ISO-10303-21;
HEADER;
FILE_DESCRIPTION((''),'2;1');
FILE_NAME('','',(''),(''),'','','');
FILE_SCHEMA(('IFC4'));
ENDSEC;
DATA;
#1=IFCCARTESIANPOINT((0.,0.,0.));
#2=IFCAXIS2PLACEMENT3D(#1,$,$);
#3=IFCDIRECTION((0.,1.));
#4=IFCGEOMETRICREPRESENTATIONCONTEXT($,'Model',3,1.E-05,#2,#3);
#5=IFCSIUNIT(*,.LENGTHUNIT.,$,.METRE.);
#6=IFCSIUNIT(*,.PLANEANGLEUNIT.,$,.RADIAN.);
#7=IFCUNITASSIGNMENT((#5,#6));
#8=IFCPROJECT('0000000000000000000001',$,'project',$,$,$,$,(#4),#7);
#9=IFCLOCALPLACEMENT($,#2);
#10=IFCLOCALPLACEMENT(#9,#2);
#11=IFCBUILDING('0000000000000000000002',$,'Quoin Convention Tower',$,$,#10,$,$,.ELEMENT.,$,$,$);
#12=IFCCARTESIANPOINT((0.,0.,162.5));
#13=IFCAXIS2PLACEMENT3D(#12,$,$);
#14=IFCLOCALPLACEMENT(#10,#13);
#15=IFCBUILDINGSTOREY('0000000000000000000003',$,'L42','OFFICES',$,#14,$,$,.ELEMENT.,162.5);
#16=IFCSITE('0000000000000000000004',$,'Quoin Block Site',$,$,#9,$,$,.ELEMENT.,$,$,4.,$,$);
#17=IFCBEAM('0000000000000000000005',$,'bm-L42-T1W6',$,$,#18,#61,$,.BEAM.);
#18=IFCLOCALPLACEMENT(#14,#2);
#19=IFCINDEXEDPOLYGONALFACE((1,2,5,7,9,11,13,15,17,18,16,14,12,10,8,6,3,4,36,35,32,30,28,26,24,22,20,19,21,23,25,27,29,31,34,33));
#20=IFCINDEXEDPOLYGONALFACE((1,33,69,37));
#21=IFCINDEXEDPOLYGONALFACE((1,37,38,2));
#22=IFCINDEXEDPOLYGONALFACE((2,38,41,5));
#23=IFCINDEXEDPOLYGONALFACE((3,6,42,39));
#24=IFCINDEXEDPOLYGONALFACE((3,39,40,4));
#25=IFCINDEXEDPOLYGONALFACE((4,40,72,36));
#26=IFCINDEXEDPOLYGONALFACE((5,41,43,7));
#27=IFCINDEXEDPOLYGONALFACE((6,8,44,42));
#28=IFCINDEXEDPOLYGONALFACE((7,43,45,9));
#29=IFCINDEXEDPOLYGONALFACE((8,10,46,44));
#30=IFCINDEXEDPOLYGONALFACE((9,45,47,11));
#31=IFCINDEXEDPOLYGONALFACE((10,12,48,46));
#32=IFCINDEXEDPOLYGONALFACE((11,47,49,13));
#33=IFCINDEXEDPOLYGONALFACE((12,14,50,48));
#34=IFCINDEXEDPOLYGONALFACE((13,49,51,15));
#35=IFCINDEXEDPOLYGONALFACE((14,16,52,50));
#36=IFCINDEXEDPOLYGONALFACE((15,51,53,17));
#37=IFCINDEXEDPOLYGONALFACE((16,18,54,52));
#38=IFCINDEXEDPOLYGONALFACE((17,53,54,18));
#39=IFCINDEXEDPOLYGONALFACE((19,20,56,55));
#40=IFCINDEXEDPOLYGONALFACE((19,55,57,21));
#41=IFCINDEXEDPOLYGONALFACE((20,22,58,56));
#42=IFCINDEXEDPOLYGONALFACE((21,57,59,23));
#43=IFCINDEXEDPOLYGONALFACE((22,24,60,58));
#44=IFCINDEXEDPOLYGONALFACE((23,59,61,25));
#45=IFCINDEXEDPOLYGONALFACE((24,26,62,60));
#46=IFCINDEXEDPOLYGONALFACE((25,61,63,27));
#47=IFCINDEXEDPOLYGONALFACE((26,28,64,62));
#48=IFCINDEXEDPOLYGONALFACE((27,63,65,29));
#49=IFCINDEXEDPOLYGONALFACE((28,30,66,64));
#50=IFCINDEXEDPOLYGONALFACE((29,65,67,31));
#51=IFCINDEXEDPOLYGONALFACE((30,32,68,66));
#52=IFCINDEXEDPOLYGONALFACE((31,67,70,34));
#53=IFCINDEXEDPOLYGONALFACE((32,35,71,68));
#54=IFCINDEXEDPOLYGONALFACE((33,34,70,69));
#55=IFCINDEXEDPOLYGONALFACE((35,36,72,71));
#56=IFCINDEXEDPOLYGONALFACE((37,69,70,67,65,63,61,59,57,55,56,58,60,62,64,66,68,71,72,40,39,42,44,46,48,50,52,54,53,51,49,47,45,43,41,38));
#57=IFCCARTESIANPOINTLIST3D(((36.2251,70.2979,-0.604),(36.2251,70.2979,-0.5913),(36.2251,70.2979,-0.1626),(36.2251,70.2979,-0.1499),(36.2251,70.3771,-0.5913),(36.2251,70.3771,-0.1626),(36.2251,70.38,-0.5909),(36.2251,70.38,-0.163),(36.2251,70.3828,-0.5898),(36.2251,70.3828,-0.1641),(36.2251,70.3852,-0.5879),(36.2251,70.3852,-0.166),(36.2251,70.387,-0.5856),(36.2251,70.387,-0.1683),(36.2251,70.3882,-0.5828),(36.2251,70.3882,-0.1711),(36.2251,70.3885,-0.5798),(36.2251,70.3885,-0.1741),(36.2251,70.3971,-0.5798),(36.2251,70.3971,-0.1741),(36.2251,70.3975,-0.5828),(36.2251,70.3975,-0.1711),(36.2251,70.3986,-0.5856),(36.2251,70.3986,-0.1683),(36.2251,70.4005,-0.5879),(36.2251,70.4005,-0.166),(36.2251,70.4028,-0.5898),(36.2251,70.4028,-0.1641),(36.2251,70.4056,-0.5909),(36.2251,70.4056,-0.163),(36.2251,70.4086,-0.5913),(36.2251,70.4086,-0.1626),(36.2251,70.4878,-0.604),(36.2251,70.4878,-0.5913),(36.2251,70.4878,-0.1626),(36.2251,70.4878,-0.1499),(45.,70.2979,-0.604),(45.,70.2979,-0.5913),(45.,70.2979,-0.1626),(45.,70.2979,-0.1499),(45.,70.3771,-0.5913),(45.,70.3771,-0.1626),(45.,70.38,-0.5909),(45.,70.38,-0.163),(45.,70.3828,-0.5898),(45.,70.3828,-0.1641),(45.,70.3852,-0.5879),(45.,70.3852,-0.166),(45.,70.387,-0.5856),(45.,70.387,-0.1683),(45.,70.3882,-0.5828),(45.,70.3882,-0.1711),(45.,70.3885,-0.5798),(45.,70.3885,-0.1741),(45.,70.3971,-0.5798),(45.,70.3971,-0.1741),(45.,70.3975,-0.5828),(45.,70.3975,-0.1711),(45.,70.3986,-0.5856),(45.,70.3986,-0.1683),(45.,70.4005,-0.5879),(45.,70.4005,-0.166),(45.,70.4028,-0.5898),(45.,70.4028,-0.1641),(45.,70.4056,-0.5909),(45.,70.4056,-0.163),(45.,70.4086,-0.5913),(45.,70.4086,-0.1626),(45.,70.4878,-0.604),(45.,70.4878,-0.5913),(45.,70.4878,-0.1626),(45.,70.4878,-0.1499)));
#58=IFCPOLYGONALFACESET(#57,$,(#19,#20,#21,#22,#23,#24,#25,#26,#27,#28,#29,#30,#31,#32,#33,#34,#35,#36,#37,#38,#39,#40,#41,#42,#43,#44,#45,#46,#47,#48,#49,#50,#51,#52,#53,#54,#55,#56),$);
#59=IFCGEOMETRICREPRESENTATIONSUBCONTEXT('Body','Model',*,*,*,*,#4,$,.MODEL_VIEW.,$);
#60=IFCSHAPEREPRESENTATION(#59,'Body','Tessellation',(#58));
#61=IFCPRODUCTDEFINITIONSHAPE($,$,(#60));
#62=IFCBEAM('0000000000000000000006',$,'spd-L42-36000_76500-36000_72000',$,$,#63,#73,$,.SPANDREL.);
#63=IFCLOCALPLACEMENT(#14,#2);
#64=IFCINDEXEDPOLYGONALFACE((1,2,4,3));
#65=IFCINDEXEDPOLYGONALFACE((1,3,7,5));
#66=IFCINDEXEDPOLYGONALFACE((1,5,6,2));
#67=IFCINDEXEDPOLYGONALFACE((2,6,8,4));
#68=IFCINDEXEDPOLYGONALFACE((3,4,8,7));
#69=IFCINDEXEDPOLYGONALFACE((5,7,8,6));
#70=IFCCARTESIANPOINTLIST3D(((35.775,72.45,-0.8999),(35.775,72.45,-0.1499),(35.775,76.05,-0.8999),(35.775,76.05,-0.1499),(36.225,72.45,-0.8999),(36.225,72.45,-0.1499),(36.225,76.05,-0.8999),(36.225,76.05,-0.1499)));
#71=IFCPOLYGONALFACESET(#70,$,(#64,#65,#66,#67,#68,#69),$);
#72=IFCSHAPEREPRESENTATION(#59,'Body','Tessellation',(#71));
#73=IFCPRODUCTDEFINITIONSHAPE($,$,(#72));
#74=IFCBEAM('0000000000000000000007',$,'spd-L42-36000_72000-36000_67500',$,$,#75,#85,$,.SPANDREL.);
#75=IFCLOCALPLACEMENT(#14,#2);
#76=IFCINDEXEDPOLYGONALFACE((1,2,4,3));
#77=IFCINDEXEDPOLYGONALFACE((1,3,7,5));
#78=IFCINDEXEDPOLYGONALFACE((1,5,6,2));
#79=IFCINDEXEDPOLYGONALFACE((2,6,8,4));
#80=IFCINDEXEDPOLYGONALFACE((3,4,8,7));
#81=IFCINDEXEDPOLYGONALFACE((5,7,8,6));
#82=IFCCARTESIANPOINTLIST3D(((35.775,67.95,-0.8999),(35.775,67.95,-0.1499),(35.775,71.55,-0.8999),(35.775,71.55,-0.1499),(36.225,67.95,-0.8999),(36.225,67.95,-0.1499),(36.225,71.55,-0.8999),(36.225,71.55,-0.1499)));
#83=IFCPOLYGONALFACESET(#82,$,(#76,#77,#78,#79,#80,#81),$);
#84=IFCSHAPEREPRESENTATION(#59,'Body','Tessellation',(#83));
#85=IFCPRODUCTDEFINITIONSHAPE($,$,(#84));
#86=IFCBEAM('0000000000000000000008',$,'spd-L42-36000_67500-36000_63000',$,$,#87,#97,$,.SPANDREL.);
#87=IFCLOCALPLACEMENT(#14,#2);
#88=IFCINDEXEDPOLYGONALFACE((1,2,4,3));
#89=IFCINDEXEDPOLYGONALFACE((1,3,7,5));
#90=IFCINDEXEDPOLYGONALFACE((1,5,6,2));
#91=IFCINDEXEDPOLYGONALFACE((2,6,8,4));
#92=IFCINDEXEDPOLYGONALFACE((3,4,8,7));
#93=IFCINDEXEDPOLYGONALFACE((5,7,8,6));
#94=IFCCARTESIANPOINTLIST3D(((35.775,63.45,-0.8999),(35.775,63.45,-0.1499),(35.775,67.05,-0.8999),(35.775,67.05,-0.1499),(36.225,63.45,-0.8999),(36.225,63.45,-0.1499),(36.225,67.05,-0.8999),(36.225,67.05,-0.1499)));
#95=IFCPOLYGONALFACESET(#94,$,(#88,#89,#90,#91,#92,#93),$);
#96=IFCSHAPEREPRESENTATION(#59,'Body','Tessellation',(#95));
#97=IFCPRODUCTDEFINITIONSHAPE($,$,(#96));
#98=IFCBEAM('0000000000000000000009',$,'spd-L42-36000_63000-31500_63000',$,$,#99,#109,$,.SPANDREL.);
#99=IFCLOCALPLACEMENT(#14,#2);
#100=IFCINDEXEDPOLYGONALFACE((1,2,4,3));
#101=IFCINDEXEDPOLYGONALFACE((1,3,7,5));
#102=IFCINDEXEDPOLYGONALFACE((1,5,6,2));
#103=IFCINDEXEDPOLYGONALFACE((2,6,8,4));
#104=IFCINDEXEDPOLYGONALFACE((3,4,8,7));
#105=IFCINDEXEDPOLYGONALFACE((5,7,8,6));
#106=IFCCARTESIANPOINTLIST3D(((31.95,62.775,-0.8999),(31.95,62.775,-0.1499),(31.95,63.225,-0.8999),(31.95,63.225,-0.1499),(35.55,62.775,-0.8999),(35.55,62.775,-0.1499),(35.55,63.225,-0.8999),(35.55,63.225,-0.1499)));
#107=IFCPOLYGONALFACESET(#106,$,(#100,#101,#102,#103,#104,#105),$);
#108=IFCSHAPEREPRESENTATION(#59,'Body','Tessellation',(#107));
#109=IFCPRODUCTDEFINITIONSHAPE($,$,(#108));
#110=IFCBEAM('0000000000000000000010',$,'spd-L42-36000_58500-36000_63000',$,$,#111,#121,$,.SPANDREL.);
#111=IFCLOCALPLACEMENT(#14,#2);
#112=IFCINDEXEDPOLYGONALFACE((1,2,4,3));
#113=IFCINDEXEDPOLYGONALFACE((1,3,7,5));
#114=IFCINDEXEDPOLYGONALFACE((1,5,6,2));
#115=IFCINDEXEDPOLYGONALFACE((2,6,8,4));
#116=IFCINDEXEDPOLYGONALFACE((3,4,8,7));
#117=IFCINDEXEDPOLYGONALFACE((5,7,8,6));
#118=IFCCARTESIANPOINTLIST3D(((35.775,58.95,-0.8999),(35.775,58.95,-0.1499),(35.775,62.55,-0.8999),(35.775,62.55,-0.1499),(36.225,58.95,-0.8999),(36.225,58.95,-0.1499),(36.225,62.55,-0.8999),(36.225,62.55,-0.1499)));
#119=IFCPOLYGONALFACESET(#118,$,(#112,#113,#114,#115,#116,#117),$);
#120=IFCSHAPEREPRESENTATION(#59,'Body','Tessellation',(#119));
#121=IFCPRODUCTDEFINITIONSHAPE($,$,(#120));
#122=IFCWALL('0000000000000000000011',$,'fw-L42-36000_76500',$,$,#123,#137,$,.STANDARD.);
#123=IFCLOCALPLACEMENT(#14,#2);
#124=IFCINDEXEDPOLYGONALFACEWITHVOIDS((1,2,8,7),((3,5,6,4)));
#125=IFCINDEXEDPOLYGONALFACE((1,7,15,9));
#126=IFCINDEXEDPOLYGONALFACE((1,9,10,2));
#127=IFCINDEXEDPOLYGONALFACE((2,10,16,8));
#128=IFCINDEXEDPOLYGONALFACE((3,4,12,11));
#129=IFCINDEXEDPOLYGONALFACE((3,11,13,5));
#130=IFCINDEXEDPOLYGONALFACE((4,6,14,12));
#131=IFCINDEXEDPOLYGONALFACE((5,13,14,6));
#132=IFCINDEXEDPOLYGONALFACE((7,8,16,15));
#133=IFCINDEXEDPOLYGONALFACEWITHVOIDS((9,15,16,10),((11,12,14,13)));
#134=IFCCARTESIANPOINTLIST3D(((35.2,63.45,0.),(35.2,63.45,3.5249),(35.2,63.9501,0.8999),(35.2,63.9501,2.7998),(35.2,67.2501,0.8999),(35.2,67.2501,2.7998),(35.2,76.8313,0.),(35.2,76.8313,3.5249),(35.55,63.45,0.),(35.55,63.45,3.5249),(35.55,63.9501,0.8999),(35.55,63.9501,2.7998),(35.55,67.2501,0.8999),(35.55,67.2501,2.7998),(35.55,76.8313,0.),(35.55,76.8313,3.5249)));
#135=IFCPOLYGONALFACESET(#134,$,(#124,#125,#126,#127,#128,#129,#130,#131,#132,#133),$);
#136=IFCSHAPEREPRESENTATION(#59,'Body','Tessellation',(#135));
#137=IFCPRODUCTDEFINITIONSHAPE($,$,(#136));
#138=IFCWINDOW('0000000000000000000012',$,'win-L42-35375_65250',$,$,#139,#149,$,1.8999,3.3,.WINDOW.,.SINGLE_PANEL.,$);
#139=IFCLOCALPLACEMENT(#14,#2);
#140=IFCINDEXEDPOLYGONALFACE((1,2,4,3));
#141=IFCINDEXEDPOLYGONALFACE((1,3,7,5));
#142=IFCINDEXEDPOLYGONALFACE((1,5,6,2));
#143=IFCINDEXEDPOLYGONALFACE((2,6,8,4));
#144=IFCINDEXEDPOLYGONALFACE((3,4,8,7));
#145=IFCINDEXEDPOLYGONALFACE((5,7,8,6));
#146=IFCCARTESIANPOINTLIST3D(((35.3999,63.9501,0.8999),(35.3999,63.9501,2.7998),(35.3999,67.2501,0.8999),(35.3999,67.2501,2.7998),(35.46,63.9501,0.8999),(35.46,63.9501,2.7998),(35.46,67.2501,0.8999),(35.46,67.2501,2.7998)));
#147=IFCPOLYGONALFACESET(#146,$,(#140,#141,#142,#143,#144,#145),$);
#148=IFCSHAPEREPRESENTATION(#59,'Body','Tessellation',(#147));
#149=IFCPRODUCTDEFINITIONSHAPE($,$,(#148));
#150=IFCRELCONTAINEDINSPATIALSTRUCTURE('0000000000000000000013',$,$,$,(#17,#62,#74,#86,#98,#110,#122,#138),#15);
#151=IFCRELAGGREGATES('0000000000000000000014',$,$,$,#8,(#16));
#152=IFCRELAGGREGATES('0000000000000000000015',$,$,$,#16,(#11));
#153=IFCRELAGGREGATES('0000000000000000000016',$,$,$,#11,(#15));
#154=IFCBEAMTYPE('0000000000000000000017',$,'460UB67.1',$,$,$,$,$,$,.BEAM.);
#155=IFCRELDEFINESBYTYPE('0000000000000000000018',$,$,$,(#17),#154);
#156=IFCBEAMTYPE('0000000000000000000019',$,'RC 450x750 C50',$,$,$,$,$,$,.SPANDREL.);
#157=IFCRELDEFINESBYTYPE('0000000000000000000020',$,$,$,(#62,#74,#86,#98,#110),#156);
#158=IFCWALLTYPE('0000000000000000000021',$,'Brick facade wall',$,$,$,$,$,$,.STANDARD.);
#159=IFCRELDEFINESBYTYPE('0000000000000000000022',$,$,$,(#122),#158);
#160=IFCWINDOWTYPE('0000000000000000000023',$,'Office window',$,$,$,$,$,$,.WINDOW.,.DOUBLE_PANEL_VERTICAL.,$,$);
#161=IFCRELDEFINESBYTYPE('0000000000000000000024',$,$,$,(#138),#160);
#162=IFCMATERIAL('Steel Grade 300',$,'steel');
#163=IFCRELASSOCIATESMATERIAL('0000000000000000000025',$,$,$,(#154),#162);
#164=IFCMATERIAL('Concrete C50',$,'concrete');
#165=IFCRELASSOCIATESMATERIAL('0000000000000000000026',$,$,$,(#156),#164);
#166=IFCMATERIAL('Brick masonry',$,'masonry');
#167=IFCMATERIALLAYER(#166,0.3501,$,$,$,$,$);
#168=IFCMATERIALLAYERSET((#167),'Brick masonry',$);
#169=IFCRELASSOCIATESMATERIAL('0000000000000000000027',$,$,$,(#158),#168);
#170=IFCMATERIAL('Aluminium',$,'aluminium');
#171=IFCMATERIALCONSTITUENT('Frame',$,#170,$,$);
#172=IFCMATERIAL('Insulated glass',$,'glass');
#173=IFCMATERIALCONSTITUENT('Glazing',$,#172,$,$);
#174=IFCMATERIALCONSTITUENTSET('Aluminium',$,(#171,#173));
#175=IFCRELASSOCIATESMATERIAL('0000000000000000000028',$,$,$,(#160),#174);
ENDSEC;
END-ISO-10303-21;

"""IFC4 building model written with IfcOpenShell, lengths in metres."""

from ifc_helpers import new_model, si_unit, direction, frame, frame_2d, origin, origin_2d, place, context, subcontext, project, spatial, rectangle, i_section, extrude, material, layer, layer_set, constituent, constituent_set, material_profile, profile_set, type_object, element, fill, save


model = new_model("IFC4")

# Units and contexts
model_context = context("Model", 3, precision=1e-05, world=origin(), true_north=direction((0.0, 1.0)))
body_context = subcontext(model_context, "Body", "Model", "MODEL_VIEW")
ifc_project = project(units=[si_unit("LENGTHUNIT", "METRE"), si_unit("PLANEANGLEUNIT", "RADIAN")], contexts=[model_context])

# Site, building, storey
site_placement = place(None, origin())
site = spatial("IfcSite", under=ifc_project, at=site_placement, Name="Quoin Block Site", CompositionType="ELEMENT", RefElevation=4.0)
building_placement = place(site_placement, origin())
building = spatial("IfcBuilding", under=site, at=building_placement, Name="Quoin Convention Tower", CompositionType="ELEMENT")
storey_placement = place(building_placement, frame((0.0, 0.0, 162.5)))
storey = spatial("IfcBuildingStorey", under=building, at=storey_placement, Name="L42", Description="OFFICES", CompositionType="ELEMENT", Elevation=162.5)

# Shared definitions
ifc_material_1 = material(Name="Concrete C50", Category="concrete")

# Beams
ifc_material_2 = material(Name="Steel Grade 300", Category="steel")
ifc_material_profile_1 = material_profile(ifc_material_2, i_section(OverallWidth=0.1899, OverallDepth=0.4541, WebThickness=0.0085, FlangeThickness=0.0127, FilletRadius=0.0115, at=origin_2d()), Name="460UB67.1")
ifc_profile_set_1 = profile_set([ifc_material_profile_1], Name="Steel Grade 300")
beam_type_1 = type_object("IfcBeamType", Name="460UB67.1", PredefinedType="BEAM", material=ifc_profile_set_1)
for number, where, z_axis, x_axis, name in (
    (1, (36.2251, 70.3928, -0.377), (1.0, 0.0, 0.0), (0.0, 1.0, 0.0), "bm-L42-T1W6"),
):
    element("IfcBeam", number, at=place(storey_placement, frame(where, z_axis=z_axis, x_axis=x_axis)), inside=storey, type_object=beam_type_1, Name=name, PredefinedType="BEAM", context=body_context, shape_type="SweptSolid", body=[
        extrude(i_section(OverallWidth=0.1899, OverallDepth=0.4541, WebThickness=0.0085, FlangeThickness=0.0127, FilletRadius=0.0115, at=origin_2d()), origin(), (0.0, 0.0, 1.0), 8.7749),
    ])
ifc_material_profile_2 = material_profile(ifc_material_1, rectangle(XDim=0.45, YDim=0.75, at=origin_2d()), Name="RC 450x750")
ifc_profile_set_2 = profile_set([ifc_material_profile_2], Name="Concrete C50")
beam_type_2 = type_object("IfcBeamType", Name="RC 450x750 C50", PredefinedType="SPANDREL", material=ifc_profile_set_2)
for number, where, z_axis, x_axis, name in (
    (2, (36.0, 76.05, -0.5249), (0.0, -1.0, 0.0), (1.0, 0.0, 0.0), "spd-L42-36000_76500-36000_72000"),
    (3, (36.0, 71.55, -0.5249), (0.0, -1.0, 0.0), (1.0, 0.0, 0.0), "spd-L42-36000_72000-36000_67500"),
    (4, (36.0, 67.05, -0.5249), (0.0, -1.0, 0.0), (1.0, 0.0, 0.0), "spd-L42-36000_67500-36000_63000"),
    (5, (35.55, 63.0, -0.5249), (-1.0, 0.0, 0.0), (0.0, -1.0, 0.0), "spd-L42-36000_63000-31500_63000"),
    (6, (36.0, 58.95, -0.5249), (0.0, 1.0, 0.0), (-1.0, 0.0, 0.0), "spd-L42-36000_58500-36000_63000"),
):
    element("IfcBeam", number, at=place(storey_placement, frame(where, z_axis=z_axis, x_axis=x_axis)), inside=storey, type_object=beam_type_2, Name=name, PredefinedType="SPANDREL", context=body_context, shape_type="SweptSolid", body=[
        extrude(rectangle(XDim=0.45, YDim=0.75, at=origin_2d()), origin(), (0.0, 0.0, 1.0), 3.6001),
    ])

# Wall, opening, window
ifc_material_3 = material(Name="Brick masonry", Category="masonry")
ifc_layer_1 = layer(ifc_material_3, 0.3501)
ifc_layer_set_1 = layer_set([ifc_layer_1], Name="Brick masonry")
wall_type_1 = type_object("IfcWallType", Name="Brick facade wall", PredefinedType="STANDARD", material=ifc_layer_set_1)
wall_1_placement = place(storey_placement, frame((35.375, 76.8313, 0.0), z_axis=(0.0, 0.0, 1.0), x_axis=(0.0, -1.0, 0.0)))
wall_1 = element("IfcWall", 7, at=wall_1_placement, inside=storey, type_object=wall_type_1, Name="fw-L42-36000_76500", PredefinedType="STANDARD", context=body_context, shape_type="SweptSolid", body=[
    extrude(rectangle(XDim=13.3813, YDim=0.3501, at=frame_2d((6.6907, 0.0))), origin(), (0.0, 0.0, 1.0), 3.5249),
])
opening_1_placement = place(wall_1_placement, frame((9.5813, 0.0, 0.8999)))
opening_1 = element("IfcOpeningElement", 8, at=opening_1_placement, cuts=wall_1, PredefinedType="OPENING", context=body_context, shape_type="SweptSolid", body=[
    extrude(rectangle(XDim=3.3, YDim=1.8999, at=frame_2d((1.6499, 0.95))), frame((0.0, 0.1851, 0.0), z_axis=(0.0, -1.0, 0.0), x_axis=(1.0, 0.0, 0.0)), (0.0, 0.0, 1.0), 0.3701),
])
ifc_material_4 = material(Name="Aluminium", Category="aluminium")
ifc_constituent_1 = constituent(ifc_material_4, Name="Frame")
ifc_material_5 = material(Name="Insulated glass", Category="glass")
ifc_constituent_2 = constituent(ifc_material_5, Name="Glazing")
ifc_constituent_set = constituent_set(constituents=[ifc_constituent_1, ifc_constituent_2], Name="Aluminium")
window_type = type_object("IfcWindowType", Name="Office window", PartitioningType="DOUBLE_PANEL_VERTICAL", PredefinedType="WINDOW", material=ifc_constituent_set)
window_1_placement = place(opening_1_placement, origin())
window_1 = element("IfcWindow", 9, at=window_1_placement, inside=storey, type_object=window_type, Name="win-L42-35375_65250", OverallHeight=1.8999, OverallWidth=3.3, PartitioningType="SINGLE_PANEL", PredefinedType="WINDOW", context=body_context, shape_type="SweptSolid", body=[
    extrude(rectangle(XDim=3.3, YDim=1.8999, at=frame_2d((1.6499, 0.95))), frame((0.0, 0.085, 0.0), z_axis=(0.0, -1.0, 0.0), x_axis=(1.0, 0.0, 0.0)), (0.0, 0.0, 1.0), 0.0601),
])
fill(opening_1, window_1)

save(model, "model.ifc")
